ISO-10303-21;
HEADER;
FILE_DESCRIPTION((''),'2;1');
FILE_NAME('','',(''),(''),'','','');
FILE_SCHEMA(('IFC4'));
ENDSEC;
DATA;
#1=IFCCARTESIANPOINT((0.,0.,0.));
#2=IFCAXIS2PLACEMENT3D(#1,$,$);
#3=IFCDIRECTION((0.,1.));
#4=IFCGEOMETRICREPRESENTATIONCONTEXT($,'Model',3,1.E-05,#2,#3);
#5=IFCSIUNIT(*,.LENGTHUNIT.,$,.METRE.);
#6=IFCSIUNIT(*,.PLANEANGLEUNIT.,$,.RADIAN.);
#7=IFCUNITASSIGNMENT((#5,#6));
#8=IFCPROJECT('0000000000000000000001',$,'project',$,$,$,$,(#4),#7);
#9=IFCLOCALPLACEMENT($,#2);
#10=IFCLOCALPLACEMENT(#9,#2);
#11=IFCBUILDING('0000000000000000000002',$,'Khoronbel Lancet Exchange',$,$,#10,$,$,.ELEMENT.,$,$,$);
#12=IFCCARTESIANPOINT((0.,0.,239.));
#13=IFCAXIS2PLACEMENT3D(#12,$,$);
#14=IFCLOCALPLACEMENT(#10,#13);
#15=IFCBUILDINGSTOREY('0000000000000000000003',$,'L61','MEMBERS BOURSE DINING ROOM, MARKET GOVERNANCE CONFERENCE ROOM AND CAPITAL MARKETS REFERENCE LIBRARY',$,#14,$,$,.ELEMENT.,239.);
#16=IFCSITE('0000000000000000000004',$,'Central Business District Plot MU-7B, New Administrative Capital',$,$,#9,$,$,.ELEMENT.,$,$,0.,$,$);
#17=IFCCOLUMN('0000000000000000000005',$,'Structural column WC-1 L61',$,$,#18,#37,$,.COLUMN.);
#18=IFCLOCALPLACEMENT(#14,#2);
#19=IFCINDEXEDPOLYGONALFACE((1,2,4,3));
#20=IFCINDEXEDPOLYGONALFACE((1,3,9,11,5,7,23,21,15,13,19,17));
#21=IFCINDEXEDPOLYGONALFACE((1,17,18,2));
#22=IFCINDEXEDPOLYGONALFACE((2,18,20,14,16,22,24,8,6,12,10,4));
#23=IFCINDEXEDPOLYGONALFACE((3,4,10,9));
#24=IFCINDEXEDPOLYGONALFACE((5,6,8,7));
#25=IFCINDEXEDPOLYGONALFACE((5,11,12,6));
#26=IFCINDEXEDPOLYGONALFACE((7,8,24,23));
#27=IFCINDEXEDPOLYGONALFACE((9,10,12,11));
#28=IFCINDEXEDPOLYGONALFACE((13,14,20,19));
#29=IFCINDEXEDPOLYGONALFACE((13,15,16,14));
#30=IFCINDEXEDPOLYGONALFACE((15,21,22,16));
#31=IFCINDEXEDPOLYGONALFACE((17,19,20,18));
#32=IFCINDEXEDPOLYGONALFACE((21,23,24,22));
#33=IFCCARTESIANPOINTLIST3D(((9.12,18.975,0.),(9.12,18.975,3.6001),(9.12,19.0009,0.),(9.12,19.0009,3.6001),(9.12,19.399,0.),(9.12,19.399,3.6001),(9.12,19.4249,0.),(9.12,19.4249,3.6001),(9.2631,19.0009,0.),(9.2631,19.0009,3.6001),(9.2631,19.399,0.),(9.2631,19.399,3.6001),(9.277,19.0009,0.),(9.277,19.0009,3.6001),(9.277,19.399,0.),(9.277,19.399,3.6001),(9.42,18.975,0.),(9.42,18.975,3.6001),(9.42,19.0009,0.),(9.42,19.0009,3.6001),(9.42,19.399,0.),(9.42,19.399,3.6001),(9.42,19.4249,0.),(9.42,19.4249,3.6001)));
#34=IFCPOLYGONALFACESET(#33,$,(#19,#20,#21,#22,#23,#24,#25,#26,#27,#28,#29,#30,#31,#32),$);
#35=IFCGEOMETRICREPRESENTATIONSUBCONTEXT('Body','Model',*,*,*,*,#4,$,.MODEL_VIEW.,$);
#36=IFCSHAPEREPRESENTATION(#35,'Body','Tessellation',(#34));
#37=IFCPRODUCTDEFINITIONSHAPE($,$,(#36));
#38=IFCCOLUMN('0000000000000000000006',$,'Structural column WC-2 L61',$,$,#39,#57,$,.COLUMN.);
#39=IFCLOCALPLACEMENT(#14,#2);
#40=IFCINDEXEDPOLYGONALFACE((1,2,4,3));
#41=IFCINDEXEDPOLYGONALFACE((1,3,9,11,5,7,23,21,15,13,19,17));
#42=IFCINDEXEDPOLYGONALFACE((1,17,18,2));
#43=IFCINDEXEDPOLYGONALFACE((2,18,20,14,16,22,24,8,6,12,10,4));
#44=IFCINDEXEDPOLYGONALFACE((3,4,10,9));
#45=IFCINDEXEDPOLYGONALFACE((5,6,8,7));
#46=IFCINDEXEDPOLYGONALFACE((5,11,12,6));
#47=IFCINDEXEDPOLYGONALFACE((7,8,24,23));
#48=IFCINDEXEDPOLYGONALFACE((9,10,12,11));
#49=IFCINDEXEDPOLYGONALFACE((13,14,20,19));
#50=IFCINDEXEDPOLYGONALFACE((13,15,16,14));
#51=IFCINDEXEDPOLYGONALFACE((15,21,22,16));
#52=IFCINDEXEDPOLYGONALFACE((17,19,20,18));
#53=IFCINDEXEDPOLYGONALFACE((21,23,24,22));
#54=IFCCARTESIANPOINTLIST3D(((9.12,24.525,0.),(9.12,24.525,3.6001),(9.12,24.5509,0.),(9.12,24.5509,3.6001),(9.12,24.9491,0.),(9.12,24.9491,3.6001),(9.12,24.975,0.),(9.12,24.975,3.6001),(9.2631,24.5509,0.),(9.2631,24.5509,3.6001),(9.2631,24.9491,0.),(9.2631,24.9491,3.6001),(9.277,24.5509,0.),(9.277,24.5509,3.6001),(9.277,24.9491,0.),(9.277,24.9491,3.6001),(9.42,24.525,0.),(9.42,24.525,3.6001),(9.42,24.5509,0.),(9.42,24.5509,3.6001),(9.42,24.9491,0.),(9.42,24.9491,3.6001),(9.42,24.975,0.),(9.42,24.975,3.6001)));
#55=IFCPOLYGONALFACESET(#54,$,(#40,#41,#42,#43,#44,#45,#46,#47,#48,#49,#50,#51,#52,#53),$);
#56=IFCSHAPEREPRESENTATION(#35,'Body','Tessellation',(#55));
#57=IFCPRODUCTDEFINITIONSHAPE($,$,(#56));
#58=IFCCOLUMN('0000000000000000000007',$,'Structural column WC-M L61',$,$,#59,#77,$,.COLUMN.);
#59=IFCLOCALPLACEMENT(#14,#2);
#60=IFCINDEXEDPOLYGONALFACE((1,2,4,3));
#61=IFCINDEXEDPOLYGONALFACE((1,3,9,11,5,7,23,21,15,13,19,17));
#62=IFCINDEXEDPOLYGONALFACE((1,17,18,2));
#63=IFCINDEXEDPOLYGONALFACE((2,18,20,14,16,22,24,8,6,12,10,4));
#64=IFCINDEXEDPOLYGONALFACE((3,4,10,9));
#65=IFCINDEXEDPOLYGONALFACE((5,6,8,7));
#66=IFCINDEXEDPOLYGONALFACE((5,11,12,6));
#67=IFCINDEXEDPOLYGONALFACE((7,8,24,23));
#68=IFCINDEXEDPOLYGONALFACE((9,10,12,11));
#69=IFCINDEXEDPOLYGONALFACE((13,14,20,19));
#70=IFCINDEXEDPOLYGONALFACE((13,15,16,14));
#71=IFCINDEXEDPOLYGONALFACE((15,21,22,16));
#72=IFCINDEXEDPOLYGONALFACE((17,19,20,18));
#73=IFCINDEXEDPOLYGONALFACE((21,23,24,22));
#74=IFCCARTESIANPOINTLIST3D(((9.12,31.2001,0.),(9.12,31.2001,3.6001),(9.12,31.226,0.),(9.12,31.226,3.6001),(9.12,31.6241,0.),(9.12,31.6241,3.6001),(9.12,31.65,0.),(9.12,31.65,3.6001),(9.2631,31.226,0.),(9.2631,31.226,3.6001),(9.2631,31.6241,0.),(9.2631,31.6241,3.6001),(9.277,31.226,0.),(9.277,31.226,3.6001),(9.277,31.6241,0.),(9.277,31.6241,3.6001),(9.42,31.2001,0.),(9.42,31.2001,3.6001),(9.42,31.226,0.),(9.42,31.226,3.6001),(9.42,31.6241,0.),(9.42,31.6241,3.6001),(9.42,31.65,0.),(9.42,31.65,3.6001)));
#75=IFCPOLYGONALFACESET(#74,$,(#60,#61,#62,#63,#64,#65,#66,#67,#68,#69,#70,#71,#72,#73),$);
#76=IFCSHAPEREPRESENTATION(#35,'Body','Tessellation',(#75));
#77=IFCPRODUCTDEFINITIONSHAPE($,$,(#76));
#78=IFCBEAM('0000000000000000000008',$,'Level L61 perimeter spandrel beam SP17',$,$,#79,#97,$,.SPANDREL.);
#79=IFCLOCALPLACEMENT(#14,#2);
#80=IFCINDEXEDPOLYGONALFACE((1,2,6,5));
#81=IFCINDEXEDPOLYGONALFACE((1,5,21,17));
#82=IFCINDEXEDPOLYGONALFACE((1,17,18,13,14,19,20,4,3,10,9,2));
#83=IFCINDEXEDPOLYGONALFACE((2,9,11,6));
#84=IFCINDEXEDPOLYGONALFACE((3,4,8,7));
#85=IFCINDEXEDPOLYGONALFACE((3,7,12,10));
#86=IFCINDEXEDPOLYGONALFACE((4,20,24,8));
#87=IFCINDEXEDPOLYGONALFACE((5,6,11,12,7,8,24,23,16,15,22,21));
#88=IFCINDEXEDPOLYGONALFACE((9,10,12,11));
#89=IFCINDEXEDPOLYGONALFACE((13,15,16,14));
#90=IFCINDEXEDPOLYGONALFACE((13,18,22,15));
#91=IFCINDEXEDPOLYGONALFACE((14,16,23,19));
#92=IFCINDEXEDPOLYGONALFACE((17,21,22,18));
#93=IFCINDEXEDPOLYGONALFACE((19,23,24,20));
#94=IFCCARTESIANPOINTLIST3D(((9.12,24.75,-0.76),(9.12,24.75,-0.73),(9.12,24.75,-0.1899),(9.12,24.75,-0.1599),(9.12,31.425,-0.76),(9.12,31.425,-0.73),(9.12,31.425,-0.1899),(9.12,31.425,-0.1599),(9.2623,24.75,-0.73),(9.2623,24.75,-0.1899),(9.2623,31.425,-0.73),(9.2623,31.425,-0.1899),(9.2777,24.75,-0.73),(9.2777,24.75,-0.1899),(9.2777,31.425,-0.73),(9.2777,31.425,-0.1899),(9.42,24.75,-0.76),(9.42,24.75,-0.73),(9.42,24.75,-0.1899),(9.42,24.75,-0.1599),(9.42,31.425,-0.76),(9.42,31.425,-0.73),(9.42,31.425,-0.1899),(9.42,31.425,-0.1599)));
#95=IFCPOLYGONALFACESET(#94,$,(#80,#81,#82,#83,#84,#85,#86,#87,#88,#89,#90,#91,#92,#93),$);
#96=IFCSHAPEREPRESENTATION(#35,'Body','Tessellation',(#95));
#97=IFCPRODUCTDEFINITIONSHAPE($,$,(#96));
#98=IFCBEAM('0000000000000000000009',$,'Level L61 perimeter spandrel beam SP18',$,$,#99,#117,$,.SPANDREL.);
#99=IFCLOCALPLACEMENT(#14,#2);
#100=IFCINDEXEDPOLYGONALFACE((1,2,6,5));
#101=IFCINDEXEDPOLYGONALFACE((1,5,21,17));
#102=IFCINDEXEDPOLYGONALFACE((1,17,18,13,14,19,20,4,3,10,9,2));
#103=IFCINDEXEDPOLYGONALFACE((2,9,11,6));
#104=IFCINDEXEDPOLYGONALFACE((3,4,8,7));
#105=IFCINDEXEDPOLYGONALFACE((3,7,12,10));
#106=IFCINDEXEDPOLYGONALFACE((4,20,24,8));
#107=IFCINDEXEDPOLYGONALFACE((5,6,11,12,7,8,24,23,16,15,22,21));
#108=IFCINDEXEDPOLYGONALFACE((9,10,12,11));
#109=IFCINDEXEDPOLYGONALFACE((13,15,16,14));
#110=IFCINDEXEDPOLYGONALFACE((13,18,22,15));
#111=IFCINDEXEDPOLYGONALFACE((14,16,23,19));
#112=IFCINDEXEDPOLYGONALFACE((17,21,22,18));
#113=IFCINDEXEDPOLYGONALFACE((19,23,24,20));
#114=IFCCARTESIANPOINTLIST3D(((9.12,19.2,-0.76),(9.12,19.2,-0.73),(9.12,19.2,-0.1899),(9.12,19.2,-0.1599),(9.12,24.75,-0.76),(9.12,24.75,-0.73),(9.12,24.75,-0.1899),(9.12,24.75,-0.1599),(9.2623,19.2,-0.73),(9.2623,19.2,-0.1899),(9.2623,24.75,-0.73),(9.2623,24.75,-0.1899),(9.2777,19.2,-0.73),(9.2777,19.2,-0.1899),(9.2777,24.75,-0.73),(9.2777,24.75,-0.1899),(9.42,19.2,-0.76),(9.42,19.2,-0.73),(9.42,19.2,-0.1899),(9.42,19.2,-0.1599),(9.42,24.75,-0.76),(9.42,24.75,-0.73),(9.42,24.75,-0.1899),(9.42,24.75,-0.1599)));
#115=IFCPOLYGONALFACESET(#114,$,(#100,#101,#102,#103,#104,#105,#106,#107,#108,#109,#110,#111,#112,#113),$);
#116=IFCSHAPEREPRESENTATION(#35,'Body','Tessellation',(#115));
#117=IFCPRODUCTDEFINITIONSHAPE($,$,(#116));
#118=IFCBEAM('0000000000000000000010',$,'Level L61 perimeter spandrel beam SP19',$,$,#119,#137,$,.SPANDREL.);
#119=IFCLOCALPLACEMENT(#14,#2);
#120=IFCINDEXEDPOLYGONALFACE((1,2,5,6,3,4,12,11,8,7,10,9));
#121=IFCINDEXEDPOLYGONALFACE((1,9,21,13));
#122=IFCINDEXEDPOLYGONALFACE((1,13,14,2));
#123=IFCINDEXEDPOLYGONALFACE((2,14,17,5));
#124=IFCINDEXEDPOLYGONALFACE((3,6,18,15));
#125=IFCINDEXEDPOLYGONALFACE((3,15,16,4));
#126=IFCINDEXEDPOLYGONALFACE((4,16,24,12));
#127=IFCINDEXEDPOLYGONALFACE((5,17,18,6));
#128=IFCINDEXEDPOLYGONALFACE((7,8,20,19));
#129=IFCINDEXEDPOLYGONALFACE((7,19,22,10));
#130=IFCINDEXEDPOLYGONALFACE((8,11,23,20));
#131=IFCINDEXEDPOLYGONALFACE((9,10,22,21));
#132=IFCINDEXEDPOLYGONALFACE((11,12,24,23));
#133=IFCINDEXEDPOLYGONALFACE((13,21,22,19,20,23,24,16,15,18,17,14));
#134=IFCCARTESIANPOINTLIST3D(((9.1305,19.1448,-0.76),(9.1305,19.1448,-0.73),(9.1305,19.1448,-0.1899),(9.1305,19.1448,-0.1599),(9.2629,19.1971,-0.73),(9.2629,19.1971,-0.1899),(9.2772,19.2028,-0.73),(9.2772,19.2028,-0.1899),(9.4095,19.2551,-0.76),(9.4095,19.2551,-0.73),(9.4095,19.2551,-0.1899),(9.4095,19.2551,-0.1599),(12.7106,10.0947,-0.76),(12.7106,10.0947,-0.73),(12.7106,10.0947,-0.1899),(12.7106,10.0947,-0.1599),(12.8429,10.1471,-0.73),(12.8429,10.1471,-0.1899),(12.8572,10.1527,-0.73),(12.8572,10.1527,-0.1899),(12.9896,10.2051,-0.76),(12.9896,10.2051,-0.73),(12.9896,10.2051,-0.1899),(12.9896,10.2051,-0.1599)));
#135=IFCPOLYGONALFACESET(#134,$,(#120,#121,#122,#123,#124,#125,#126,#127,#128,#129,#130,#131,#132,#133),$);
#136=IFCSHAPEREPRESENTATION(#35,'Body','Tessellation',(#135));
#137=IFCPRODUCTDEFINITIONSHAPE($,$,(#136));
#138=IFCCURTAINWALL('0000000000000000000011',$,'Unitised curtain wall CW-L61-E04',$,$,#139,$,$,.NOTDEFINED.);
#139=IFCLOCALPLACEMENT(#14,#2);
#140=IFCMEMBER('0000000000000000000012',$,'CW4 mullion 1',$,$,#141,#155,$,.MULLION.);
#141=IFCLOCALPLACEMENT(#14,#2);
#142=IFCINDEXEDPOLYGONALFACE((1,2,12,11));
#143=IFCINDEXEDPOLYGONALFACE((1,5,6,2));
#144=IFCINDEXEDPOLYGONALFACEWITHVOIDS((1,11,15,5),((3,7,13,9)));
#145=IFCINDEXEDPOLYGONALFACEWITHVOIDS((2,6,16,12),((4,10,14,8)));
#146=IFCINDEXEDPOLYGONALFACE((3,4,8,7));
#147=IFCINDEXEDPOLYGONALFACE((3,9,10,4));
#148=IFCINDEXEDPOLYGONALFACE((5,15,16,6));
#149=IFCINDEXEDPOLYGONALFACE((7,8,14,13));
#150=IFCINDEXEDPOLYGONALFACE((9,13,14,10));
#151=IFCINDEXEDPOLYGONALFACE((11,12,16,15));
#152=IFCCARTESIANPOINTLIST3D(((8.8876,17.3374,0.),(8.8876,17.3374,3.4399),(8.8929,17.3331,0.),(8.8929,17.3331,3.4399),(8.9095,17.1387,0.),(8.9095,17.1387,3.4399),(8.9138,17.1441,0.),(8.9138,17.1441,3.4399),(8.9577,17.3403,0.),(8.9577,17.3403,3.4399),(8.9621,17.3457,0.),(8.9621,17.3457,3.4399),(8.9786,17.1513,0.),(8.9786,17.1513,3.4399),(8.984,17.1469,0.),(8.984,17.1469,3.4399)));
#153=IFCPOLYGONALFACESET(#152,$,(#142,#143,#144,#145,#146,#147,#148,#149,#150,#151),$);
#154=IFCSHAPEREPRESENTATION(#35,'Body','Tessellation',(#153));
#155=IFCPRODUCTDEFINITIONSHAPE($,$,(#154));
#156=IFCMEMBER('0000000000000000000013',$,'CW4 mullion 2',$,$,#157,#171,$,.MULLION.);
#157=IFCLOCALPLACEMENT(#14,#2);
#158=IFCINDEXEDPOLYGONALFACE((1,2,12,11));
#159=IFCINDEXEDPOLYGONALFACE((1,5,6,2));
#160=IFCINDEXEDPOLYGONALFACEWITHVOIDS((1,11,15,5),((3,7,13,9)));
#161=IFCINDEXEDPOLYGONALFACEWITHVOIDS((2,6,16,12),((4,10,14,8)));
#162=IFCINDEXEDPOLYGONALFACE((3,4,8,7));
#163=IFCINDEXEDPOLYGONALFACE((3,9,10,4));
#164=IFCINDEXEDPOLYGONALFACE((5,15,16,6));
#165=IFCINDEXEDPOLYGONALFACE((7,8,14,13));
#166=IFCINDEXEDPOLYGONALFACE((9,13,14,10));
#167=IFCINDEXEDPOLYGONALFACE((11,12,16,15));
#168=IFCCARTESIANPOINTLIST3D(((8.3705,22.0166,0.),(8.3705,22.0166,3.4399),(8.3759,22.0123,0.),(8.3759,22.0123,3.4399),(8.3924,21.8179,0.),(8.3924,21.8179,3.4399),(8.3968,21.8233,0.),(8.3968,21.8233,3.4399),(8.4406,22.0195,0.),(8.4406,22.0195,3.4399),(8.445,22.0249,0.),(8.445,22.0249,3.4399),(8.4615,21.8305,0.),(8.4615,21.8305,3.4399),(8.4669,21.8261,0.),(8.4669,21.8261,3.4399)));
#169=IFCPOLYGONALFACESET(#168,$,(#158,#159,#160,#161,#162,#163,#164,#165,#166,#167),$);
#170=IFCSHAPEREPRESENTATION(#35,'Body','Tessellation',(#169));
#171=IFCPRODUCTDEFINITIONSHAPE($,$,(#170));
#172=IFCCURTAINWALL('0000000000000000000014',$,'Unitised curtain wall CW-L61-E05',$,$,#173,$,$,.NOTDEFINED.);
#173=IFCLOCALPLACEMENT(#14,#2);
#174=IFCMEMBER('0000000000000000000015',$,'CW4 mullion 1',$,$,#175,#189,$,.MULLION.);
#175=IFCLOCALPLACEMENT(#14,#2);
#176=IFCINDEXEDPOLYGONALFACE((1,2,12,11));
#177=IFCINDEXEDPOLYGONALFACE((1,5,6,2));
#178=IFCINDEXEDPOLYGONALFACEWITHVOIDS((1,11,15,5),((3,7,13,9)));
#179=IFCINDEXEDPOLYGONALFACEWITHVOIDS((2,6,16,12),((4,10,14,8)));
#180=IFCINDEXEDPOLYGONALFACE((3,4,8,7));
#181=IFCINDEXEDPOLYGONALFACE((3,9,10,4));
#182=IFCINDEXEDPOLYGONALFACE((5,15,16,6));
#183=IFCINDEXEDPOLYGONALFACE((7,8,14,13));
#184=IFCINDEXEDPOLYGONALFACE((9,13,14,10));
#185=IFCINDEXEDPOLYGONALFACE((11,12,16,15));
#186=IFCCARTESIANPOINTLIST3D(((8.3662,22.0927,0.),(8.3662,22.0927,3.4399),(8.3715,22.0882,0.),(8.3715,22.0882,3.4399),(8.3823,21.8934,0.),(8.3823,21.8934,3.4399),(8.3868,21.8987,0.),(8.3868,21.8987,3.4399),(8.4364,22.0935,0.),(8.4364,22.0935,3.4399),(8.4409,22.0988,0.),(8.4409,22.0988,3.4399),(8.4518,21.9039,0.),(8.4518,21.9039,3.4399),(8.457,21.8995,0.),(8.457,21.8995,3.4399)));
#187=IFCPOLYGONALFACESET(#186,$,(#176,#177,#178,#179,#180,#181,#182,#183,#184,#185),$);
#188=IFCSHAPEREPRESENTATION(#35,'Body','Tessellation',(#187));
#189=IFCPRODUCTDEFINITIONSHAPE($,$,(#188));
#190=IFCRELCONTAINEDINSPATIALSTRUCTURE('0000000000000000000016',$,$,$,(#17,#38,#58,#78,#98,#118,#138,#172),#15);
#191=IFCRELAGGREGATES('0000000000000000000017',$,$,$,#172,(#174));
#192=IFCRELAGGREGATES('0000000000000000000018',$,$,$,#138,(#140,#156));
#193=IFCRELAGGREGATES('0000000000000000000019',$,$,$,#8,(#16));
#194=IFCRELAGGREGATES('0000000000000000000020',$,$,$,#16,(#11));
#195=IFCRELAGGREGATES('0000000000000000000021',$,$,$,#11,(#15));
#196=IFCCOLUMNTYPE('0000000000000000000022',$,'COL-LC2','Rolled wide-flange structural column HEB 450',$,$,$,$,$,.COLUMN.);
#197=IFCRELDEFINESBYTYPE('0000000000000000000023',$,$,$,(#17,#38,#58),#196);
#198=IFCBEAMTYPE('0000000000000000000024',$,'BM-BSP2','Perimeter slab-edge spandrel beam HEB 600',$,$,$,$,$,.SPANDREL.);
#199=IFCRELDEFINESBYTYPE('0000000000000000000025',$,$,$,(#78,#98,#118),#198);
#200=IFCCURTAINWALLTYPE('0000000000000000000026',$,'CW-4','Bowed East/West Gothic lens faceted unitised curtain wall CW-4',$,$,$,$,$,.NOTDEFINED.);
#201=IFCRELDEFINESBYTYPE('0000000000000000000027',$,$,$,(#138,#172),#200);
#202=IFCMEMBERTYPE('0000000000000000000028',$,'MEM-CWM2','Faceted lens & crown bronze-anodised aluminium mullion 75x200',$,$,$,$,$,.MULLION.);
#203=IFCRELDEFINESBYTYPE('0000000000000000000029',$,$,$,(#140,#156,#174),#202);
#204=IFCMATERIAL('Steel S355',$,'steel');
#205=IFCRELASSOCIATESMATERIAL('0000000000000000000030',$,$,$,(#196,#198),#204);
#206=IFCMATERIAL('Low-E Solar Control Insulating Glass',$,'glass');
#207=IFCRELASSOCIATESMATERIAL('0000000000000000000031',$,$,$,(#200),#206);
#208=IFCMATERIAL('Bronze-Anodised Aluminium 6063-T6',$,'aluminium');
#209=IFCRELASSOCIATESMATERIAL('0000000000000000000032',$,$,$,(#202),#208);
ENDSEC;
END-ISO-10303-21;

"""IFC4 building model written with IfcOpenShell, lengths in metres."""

from ifc_helpers import new_model, si_unit, direction, frame, origin, origin_2d, place, context, subcontext, project, spatial, hollow_rectangle, i_section, extrude, material, material_profile, profile_set, type_object, element, aggregate, save


model = new_model("IFC4")

# Units and contexts
model_context = context("Model", 3, precision=1e-05, world=origin(), true_north=direction((0.0, 1.0)))
body_context = subcontext(model_context, "Body", "Model", "MODEL_VIEW")
ifc_project = project(units=[si_unit("LENGTHUNIT", "METRE"), si_unit("PLANEANGLEUNIT", "RADIAN")], contexts=[model_context])

# Site, building, storey
site_placement = place(None, origin())
site = spatial("IfcSite", under=ifc_project, at=site_placement, Name="Central Business District Plot MU-7B, New Administrative Capital", CompositionType="ELEMENT", RefElevation=0.0)
building_placement = place(site_placement, origin())
building = spatial("IfcBuilding", under=site, at=building_placement, Name="Khoronbel Lancet Exchange", CompositionType="ELEMENT")
storey_placement = place(building_placement, frame((0.0, 0.0, 239.0)))
storey = spatial("IfcBuildingStorey", under=building, at=storey_placement, Name="L61", Description="MEMBERS BOURSE DINING ROOM, MARKET GOVERNANCE CONFERENCE ROOM AND CAPITAL MARKETS REFERENCE LIBRARY", CompositionType="ELEMENT", Elevation=239.0)

# Columns
ifc_material_1 = material(Name="Steel S355", Category="steel")
ifc_material_profile_1 = material_profile(ifc_material_1, i_section(OverallWidth=0.3, OverallDepth=0.45, WebThickness=0.0139, FlangeThickness=0.0259, at=origin_2d()), Name="HEB 450")
ifc_profile_set_1 = profile_set([ifc_material_profile_1], Name="Steel S355")
column_type = type_object("IfcColumnType", Name="COL-LC2", Description="Rolled wide-flange structural column HEB 450", PredefinedType="COLUMN", material=ifc_profile_set_1)
for number, where, z_axis, x_axis, name in (
    (1, (9.27, 19.2, 0.0), (0.0, 0.0, 1.0), (1.0, 0.0, 0.0), "Structural column WC-1 L61"),
    (2, (9.27, 24.75, 0.0), (0.0, 0.0, 1.0), (1.0, 0.0, 0.0), "Structural column WC-2 L61"),
    (3, (9.27, 31.425, 0.0), (0.0, 0.0, 1.0), (1.0, 0.0, 0.0), "Structural column WC-M L61"),
):
    element("IfcColumn", number, at=place(storey_placement, frame(where, z_axis=z_axis, x_axis=x_axis)), inside=storey, type_object=column_type, Name=name, PredefinedType="COLUMN", context=body_context, shape_type="SweptSolid", body=[
        extrude(i_section(OverallWidth=0.3, OverallDepth=0.45, WebThickness=0.0139, FlangeThickness=0.0259, at=origin_2d()), origin(), (0.0, 0.0, 1.0), 3.6001),
    ])

# Beams
ifc_material_profile_2 = material_profile(ifc_material_1, i_section(OverallWidth=0.3, OverallDepth=0.6001, WebThickness=0.0154, FlangeThickness=0.03, at=origin_2d()), Name="HEB 600")
ifc_profile_set_2 = profile_set([ifc_material_profile_2], Name="Steel S355")
beam_type = type_object("IfcBeamType", Name="BM-BSP2", Description="Perimeter slab-edge spandrel beam HEB 600", PredefinedType="SPANDREL", material=ifc_profile_set_2)
beam_1_placement = place(storey_placement, frame((9.27, 31.425, -0.46), z_axis=(0.0, -1.0, 0.0), x_axis=(1.0, 0.0, 0.0)))
element("IfcBeam", 4, at=beam_1_placement, inside=storey, type_object=beam_type, Name="Level L61 perimeter spandrel beam SP17", PredefinedType="SPANDREL", context=body_context, shape_type="SweptSolid", body=[
    extrude(i_section(OverallWidth=0.3, OverallDepth=0.6001, WebThickness=0.0154, FlangeThickness=0.03, at=origin_2d()), origin(), (0.0, 0.0, 1.0), 6.675),
])
beam_2_placement = place(storey_placement, frame((9.27, 24.75, -0.46), z_axis=(0.0, -1.0, 0.0), x_axis=(1.0, 0.0, 0.0)))
element("IfcBeam", 5, at=beam_2_placement, inside=storey, type_object=beam_type, Name="Level L61 perimeter spandrel beam SP18", PredefinedType="SPANDREL", context=body_context, shape_type="SweptSolid", body=[
    extrude(i_section(OverallWidth=0.3, OverallDepth=0.6001, WebThickness=0.0154, FlangeThickness=0.03, at=origin_2d()), origin(), (0.0, 0.0, 1.0), 5.55),
])
beam_3_placement = place(storey_placement, frame((9.27, 19.2, -0.46), z_axis=(0.36785, -0.929885, 0.0), x_axis=(0.929885, 0.36785, 0.0)))
element("IfcBeam", 6, at=beam_3_placement, inside=storey, type_object=beam_type, Name="Level L61 perimeter spandrel beam SP19", PredefinedType="SPANDREL", context=body_context, shape_type="SweptSolid", body=[
    extrude(i_section(OverallWidth=0.3, OverallDepth=0.6001, WebThickness=0.0154, FlangeThickness=0.03, at=origin_2d()), origin(), (0.0, 0.0, 1.0), 9.7324),
])

# Curtain walls, members
ifc_material_2 = material(Name="Low-E Solar Control Insulating Glass", Category="glass")
curtain_wall_type = type_object("IfcCurtainWallType", Name="CW-4", Description="Bowed East/West Gothic lens faceted unitised curtain wall CW-4", PredefinedType="NOTDEFINED", material=ifc_material_2)
curtain_wall_1_placement = place(storey_placement, origin())
curtain_wall_1 = element("IfcCurtainWall", 7, at=curtain_wall_1_placement, inside=storey, type_object=curtain_wall_type, Name="Unitised curtain wall CW-L61-E04", PredefinedType="NOTDEFINED")
ifc_material_3 = material(Name="Bronze-Anodised Aluminium 6063-T6", Category="aluminium")
ifc_material_profile_3 = material_profile(ifc_material_3, hollow_rectangle(XDim=0.075, YDim=0.2, WallThickness=0.0049, at=origin_2d()), Name="ALU MULLION 75x200")
ifc_profile_set_3 = profile_set([ifc_material_profile_3], Name="Bronze-Anodised Aluminium 6063-T6")
member_type_1 = type_object("IfcMemberType", Name="MEM-CWM2", Description="Faceted lens & crown bronze-anodised aluminium mullion 75x200", PredefinedType="MULLION", material=ifc_profile_set_3)
member_1_placement = place(storey_placement, frame((8.9358, 17.2422, 0.0), z_axis=(0.0, 0.0, 1.0), x_axis=(-0.993947, -0.109858, 0.0)))
member_1 = element("IfcMember", 8, at=member_1_placement, type_object=member_type_1, Name="CW4 mullion 1", PredefinedType="MULLION", context=body_context, shape_type="SweptSolid", body=[
    extrude(hollow_rectangle(XDim=0.075, YDim=0.2, WallThickness=0.0049, at=origin_2d()), origin(), (0.0, 0.0, 1.0), 3.4399),
])
member_2_placement = place(storey_placement, frame((8.4187, 21.9214, 0.0), z_axis=(0.0, 0.0, 1.0), x_axis=(-0.993947, -0.109858, 0.0)))
member_2 = element("IfcMember", 9, at=member_2_placement, type_object=member_type_1, Name="CW4 mullion 2", PredefinedType="MULLION", context=body_context, shape_type="SweptSolid", body=[
    extrude(hollow_rectangle(XDim=0.075, YDim=0.2, WallThickness=0.0049, at=origin_2d()), origin(), (0.0, 0.0, 1.0), 3.4399),
])
curtain_wall_2_placement = place(storey_placement, origin())
curtain_wall_2 = element("IfcCurtainWall", 10, at=curtain_wall_2_placement, inside=storey, type_object=curtain_wall_type, Name="Unitised curtain wall CW-L61-E05", PredefinedType="NOTDEFINED")
member_3_placement = place(storey_placement, frame((8.4116, 21.9961, 0.0), z_axis=(0.0, 0.0, 1.0), x_axis=(-0.996743, -0.08064, 0.0)))
member_3 = element("IfcMember", 11, at=member_3_placement, type_object=member_type_1, Name="CW4 mullion 1", PredefinedType="MULLION", context=body_context, shape_type="SweptSolid", body=[
    extrude(hollow_rectangle(XDim=0.075, YDim=0.2, WallThickness=0.0049, at=origin_2d()), origin(), (0.0, 0.0, 1.0), 3.4399),
])

aggregate(curtain_wall_2, [member_3])
aggregate(curtain_wall_1, [member_1, member_2])

save(model, "model.ifc")
